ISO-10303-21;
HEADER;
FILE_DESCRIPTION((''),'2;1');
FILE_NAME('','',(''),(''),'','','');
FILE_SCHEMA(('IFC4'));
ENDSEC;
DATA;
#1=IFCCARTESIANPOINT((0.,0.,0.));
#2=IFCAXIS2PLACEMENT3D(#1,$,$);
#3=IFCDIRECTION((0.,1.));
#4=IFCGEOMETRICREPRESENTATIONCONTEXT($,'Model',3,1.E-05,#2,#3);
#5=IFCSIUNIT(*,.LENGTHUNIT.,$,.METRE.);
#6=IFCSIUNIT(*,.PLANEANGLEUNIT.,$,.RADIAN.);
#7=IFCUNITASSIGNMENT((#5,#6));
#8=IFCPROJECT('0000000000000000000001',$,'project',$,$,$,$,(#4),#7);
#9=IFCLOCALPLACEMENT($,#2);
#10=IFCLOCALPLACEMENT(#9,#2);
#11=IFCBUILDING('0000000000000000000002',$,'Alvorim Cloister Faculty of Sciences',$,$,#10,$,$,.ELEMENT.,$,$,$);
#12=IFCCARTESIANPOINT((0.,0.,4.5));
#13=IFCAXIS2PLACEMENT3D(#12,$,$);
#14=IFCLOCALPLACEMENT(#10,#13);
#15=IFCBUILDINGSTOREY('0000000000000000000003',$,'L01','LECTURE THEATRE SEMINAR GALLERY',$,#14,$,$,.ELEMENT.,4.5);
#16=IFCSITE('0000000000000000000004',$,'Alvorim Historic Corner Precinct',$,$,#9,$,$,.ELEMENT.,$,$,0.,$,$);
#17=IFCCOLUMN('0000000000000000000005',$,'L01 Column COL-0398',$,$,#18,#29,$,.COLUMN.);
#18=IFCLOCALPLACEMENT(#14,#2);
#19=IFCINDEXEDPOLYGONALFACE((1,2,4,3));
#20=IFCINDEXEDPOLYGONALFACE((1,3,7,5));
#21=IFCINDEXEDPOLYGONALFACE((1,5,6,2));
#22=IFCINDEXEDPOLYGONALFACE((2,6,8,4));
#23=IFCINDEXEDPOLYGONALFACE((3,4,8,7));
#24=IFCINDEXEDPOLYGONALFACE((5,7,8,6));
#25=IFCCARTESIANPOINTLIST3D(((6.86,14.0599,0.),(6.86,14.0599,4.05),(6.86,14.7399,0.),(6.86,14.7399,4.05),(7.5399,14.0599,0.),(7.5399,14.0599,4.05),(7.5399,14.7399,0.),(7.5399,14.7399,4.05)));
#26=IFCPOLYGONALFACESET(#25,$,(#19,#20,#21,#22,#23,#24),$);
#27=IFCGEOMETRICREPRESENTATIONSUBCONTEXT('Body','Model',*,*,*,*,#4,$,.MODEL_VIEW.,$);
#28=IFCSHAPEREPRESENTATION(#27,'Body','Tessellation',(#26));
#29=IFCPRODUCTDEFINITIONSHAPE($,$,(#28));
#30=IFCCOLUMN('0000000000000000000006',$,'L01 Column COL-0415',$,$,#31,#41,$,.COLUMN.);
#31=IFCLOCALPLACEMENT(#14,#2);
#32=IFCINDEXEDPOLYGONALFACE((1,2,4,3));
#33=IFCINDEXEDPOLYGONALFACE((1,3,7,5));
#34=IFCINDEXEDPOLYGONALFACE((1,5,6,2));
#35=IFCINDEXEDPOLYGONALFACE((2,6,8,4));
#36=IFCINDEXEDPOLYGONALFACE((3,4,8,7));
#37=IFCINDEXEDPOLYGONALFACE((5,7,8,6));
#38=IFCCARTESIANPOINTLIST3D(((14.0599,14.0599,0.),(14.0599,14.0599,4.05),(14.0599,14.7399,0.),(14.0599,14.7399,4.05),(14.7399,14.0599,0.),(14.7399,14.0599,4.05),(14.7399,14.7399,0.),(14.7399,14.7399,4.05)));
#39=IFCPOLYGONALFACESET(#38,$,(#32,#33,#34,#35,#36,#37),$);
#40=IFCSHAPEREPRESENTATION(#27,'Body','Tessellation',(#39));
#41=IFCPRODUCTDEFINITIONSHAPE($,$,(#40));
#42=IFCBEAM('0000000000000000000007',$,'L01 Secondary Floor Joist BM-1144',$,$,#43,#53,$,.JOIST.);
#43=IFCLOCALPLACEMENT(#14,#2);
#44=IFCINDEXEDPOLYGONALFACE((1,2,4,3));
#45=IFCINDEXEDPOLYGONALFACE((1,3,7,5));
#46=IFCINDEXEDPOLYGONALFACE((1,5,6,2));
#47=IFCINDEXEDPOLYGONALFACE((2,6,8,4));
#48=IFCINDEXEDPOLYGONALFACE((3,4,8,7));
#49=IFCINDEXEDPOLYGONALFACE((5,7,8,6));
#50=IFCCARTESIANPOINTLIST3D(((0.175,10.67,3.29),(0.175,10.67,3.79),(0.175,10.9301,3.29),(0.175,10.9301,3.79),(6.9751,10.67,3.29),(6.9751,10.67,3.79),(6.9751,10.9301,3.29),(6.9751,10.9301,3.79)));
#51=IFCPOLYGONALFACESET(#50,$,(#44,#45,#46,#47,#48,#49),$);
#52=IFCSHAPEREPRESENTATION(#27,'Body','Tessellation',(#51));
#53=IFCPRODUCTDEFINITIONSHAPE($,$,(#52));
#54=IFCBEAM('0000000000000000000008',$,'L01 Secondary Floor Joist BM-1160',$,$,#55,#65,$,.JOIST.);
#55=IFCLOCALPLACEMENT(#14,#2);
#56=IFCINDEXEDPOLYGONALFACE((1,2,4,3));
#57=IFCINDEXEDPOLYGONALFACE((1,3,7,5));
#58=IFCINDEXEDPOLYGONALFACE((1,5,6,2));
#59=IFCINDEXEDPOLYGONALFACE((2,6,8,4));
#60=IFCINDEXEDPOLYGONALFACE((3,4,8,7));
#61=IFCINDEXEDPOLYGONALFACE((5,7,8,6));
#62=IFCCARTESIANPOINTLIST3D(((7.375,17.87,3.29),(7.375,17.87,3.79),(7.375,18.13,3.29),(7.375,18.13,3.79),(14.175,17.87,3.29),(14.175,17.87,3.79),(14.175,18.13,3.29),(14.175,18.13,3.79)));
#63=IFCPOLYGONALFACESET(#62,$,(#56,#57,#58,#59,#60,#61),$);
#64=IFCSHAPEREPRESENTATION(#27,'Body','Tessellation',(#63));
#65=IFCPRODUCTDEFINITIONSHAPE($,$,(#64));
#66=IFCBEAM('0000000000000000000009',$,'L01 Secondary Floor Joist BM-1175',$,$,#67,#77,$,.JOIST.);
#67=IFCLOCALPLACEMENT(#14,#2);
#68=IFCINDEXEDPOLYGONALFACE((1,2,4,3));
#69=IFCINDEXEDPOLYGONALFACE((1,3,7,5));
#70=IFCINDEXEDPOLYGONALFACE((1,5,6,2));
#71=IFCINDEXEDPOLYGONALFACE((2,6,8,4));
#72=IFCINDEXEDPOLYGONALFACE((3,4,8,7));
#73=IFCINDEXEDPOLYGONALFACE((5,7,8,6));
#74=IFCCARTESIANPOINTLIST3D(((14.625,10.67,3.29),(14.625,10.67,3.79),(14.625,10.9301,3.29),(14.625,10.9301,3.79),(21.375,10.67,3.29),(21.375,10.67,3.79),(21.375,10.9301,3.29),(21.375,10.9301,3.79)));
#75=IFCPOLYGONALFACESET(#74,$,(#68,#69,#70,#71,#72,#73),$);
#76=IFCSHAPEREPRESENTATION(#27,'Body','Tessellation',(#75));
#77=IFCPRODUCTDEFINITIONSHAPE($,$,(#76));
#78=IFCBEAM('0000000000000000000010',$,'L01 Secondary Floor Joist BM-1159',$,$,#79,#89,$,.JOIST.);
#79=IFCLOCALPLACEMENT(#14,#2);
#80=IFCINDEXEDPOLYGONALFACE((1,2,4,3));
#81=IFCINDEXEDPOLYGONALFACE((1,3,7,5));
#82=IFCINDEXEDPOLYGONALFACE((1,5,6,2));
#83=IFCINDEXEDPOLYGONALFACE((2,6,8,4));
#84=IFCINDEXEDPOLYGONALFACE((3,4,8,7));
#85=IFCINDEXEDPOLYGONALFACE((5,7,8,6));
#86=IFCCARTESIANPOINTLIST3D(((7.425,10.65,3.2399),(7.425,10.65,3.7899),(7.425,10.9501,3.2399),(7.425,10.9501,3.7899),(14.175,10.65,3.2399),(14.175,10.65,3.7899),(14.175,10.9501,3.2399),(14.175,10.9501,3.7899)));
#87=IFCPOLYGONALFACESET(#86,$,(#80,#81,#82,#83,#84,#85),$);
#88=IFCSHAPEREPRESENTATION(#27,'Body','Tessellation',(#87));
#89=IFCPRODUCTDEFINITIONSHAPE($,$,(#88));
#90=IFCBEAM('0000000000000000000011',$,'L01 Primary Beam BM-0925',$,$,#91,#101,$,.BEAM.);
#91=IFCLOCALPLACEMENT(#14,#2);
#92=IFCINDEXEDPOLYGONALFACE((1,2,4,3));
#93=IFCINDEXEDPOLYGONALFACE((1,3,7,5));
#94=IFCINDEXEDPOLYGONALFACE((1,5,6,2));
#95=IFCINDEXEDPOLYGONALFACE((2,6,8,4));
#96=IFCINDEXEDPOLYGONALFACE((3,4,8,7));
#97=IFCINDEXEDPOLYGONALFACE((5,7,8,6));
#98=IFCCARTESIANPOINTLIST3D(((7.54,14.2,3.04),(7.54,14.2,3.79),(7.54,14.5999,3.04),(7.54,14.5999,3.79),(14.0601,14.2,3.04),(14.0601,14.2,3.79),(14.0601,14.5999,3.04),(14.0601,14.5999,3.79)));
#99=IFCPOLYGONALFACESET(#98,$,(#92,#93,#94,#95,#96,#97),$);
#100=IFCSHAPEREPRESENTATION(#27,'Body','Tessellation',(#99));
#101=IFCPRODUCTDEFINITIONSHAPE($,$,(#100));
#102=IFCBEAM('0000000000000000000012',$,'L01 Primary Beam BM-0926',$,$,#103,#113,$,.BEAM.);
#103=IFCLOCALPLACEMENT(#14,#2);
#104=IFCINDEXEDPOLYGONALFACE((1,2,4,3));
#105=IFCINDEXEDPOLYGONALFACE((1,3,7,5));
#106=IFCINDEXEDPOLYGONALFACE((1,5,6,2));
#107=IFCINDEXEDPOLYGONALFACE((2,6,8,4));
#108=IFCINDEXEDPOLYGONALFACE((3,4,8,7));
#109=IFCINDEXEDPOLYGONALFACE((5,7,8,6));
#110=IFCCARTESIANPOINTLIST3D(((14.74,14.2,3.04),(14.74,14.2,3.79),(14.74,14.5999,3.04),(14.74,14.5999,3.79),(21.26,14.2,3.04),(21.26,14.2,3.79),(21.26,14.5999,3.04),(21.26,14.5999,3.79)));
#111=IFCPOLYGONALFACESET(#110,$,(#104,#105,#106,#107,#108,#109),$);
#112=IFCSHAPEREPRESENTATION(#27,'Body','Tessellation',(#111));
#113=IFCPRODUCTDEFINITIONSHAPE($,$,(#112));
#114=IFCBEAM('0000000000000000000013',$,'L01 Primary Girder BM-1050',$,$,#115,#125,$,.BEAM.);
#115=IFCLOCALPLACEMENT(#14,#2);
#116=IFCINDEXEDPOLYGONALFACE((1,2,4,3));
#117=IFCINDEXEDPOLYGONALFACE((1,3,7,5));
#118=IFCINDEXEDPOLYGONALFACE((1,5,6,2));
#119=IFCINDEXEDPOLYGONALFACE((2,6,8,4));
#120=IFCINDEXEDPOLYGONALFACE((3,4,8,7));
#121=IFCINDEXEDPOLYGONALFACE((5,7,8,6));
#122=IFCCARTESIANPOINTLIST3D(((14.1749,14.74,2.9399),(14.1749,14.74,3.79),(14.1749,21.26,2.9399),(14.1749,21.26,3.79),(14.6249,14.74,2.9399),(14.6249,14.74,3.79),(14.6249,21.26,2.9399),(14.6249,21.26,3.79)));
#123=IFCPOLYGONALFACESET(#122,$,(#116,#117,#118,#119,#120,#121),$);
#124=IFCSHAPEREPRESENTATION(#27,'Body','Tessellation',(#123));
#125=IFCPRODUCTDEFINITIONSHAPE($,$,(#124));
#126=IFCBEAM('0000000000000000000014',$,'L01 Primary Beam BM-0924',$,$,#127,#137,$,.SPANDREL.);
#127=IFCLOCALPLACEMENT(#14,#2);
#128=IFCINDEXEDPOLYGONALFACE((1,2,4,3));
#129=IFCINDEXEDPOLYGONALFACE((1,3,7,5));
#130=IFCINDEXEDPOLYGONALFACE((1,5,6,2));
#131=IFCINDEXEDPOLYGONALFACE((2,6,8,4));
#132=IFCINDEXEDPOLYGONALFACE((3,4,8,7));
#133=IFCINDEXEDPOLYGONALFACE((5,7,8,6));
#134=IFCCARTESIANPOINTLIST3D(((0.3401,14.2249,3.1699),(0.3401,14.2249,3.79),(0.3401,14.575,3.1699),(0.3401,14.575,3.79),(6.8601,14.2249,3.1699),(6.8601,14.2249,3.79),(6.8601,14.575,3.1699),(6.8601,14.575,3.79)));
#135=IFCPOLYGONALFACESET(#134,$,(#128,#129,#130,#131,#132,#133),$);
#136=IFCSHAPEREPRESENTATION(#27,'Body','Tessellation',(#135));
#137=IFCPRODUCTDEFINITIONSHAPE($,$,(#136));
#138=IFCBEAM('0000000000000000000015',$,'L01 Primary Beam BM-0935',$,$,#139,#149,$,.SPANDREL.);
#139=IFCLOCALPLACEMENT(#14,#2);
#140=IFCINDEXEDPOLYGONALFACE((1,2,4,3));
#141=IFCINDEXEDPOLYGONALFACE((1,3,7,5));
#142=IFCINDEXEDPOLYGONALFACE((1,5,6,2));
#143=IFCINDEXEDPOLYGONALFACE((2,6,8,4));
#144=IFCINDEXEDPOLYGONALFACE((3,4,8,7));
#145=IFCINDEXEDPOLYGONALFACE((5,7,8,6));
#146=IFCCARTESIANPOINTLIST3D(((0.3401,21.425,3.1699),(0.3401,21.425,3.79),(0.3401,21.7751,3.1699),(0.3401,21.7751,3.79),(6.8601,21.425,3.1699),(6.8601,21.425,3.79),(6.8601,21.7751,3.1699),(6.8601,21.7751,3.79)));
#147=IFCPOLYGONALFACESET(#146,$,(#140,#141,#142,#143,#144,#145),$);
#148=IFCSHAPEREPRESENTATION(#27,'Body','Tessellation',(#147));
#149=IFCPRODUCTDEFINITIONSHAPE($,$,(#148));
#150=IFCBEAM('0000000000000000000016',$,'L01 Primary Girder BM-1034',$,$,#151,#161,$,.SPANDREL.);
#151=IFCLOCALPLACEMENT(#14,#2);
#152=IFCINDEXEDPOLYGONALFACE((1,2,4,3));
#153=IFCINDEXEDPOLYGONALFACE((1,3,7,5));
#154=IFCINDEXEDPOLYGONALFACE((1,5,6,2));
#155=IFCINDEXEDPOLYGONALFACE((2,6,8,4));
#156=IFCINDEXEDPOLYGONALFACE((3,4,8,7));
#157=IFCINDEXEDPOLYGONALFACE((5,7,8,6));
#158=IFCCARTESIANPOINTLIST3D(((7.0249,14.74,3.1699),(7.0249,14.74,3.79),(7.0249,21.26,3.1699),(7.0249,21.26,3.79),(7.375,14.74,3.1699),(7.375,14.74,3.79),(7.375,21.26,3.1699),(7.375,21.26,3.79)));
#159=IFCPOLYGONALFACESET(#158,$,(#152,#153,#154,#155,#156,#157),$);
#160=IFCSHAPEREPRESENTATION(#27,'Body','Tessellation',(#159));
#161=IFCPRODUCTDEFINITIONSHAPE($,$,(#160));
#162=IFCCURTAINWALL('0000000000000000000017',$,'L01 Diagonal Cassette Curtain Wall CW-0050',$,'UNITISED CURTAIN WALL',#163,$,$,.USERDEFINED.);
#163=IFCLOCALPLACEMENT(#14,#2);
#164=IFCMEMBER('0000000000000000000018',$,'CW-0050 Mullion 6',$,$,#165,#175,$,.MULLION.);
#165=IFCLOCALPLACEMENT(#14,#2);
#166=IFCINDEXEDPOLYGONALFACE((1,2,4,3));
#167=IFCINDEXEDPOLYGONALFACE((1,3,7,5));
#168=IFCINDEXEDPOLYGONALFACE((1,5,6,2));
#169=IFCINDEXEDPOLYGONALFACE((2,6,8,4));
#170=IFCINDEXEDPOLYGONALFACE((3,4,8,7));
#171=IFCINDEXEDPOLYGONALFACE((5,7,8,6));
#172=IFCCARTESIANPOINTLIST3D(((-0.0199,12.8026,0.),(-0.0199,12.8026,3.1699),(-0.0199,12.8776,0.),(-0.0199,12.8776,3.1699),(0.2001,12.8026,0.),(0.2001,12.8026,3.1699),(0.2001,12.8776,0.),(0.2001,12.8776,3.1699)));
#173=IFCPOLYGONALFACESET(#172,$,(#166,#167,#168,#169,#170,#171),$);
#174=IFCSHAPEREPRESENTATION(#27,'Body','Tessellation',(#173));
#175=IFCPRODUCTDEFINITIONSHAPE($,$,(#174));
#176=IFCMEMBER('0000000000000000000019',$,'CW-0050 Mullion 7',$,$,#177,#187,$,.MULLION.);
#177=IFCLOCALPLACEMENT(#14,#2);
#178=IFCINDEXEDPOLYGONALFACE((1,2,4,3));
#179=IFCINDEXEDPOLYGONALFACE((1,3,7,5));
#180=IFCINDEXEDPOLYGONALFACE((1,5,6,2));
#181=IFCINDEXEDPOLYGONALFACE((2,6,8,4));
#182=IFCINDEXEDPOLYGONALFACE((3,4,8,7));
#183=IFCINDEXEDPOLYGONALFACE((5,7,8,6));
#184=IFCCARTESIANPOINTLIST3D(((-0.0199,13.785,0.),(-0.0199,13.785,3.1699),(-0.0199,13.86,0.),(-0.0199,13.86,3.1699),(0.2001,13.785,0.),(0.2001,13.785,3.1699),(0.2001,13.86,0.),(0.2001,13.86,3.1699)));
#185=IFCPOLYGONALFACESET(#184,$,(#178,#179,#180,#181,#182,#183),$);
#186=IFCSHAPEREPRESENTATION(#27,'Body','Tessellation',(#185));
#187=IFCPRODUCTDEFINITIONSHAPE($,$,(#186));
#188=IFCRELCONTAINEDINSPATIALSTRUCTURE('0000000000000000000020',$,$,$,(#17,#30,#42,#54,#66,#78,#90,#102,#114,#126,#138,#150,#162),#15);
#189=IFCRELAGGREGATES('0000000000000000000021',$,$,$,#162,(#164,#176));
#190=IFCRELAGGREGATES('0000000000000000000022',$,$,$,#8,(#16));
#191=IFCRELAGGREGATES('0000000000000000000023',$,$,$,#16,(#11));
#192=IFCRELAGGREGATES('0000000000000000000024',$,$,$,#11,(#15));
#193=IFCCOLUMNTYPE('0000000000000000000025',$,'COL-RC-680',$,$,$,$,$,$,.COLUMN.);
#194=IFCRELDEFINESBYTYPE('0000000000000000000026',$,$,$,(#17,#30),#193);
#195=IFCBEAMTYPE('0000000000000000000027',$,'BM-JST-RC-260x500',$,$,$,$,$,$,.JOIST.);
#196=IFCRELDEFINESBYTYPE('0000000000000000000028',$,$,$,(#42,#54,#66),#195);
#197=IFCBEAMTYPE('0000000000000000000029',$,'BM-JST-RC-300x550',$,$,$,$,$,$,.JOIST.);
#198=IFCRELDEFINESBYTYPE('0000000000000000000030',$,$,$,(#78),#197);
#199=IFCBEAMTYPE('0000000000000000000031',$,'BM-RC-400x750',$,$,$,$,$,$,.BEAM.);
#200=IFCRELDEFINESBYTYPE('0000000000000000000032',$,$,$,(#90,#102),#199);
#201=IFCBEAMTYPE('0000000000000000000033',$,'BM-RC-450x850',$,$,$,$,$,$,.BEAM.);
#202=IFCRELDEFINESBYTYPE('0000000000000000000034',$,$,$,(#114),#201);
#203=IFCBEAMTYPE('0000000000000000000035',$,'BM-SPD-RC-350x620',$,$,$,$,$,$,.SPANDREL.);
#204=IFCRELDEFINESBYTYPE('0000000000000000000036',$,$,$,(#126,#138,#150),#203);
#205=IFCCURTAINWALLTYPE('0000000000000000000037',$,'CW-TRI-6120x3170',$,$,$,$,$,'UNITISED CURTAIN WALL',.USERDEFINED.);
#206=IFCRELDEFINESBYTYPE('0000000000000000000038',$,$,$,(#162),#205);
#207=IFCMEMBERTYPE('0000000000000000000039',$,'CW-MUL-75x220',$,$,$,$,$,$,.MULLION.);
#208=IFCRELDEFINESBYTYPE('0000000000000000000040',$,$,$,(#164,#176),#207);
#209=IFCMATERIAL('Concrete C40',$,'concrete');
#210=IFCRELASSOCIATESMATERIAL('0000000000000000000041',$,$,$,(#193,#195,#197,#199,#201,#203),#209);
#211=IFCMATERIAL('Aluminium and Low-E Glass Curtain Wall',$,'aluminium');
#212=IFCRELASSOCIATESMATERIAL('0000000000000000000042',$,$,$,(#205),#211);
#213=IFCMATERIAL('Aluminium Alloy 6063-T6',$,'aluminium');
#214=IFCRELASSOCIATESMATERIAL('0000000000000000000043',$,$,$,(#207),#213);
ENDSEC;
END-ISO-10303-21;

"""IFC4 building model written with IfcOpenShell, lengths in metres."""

from ifc_helpers import new_model, si_unit, direction, frame, origin, origin_2d, place, context, subcontext, project, spatial, rectangle, extrude, material, material_profile, profile_set, type_object, element, aggregate, save


model = new_model("IFC4")

# Units and contexts
model_context = context("Model", 3, precision=1e-05, world=origin(), true_north=direction((0.0, 1.0)))
body_context = subcontext(model_context, "Body", "Model", "MODEL_VIEW")
ifc_project = project(units=[si_unit("LENGTHUNIT", "METRE"), si_unit("PLANEANGLEUNIT", "RADIAN")], contexts=[model_context])

# Site, building, storey
site_placement = place(None, origin())
site = spatial("IfcSite", under=ifc_project, at=site_placement, Name="Alvorim Historic Corner Precinct", CompositionType="ELEMENT", RefElevation=0.0)
building_placement = place(site_placement, origin())
building = spatial("IfcBuilding", under=site, at=building_placement, Name="Alvorim Cloister Faculty of Sciences", CompositionType="ELEMENT")
storey_placement = place(building_placement, frame((0.0, 0.0, 4.5)))
storey = spatial("IfcBuildingStorey", under=building, at=storey_placement, Name="L01", Description="LECTURE THEATRE SEMINAR GALLERY", CompositionType="ELEMENT", Elevation=4.5)

# Columns
ifc_material_1 = material(Name="Concrete C40", Category="concrete")
ifc_material_profile_1 = material_profile(ifc_material_1, rectangle(XDim=0.6799, YDim=0.6799, at=origin_2d()), Name="RC40-COL-680x680")
ifc_profile_set_1 = profile_set([ifc_material_profile_1], Name="Concrete C40")
column_type = type_object("IfcColumnType", Name="COL-RC-680", PredefinedType="COLUMN", material=ifc_profile_set_1)
for number, where, z_axis, x_axis, name in (
    (1, (7.2, 14.3999, 0.0), (0.0, 0.0, 1.0), (1.0, 0.0, 0.0), "L01 Column COL-0398"),
    (2, (14.3999, 14.3999, 0.0), (0.0, 0.0, 1.0), (1.0, 0.0, 0.0), "L01 Column COL-0415"),
):
    element("IfcColumn", number, at=place(storey_placement, frame(where, z_axis=z_axis, x_axis=x_axis)), inside=storey, type_object=column_type, Name=name, PredefinedType="COLUMN", context=body_context, shape_type="SweptSolid", body=[
        extrude(rectangle(XDim=0.6799, YDim=0.6799, at=origin_2d()), origin(), (0.0, 0.0, 1.0), 4.05),
    ])

# Beams
ifc_material_profile_2 = material_profile(ifc_material_1, rectangle(XDim=0.26, YDim=0.5, at=origin_2d()), Name="RC40-JST-260x500")
ifc_profile_set_2 = profile_set([ifc_material_profile_2], Name="Concrete C40")
beam_type_1 = type_object("IfcBeamType", Name="BM-JST-RC-260x500", PredefinedType="JOIST", material=ifc_profile_set_2)
for number, where, z_axis, x_axis, name in (
    (3, (0.175, 10.8, 3.54), (1.0, 0.0, 0.0), (0.0, 1.0, 0.0), "L01 Secondary Floor Joist BM-1144"),
    (4, (7.375, 18.0, 3.54), (1.0, 0.0, 0.0), (0.0, 1.0, 0.0), "L01 Secondary Floor Joist BM-1160"),
):
    element("IfcBeam", number, at=place(storey_placement, frame(where, z_axis=z_axis, x_axis=x_axis)), inside=storey, type_object=beam_type_1, Name=name, PredefinedType="JOIST", context=body_context, shape_type="SweptSolid", body=[
        extrude(rectangle(XDim=0.26, YDim=0.5, at=origin_2d()), origin(), (0.0, 0.0, 1.0), 6.8),
    ])
beam_1_placement = place(storey_placement, frame((14.625, 10.8, 3.54), z_axis=(1.0, 0.0, 0.0), x_axis=(0.0, 1.0, 0.0)))
element("IfcBeam", 5, at=beam_1_placement, inside=storey, type_object=beam_type_1, Name="L01 Secondary Floor Joist BM-1175", PredefinedType="JOIST", context=body_context, shape_type="SweptSolid", body=[
    extrude(rectangle(XDim=0.26, YDim=0.5, at=origin_2d()), origin(), (0.0, 0.0, 1.0), 6.75),
])
ifc_material_profile_3 = material_profile(ifc_material_1, rectangle(XDim=0.3, YDim=0.55, at=origin_2d()), Name="RC40-JST-300x550")
ifc_profile_set_3 = profile_set([ifc_material_profile_3], Name="Concrete C40")
beam_type_2 = type_object("IfcBeamType", Name="BM-JST-RC-300x550", PredefinedType="JOIST", material=ifc_profile_set_3)
beam_2_placement = place(storey_placement, frame((7.425, 10.8, 3.5149), z_axis=(1.0, 0.0, 0.0), x_axis=(0.0, 1.0, 0.0)))
element("IfcBeam", 6, at=beam_2_placement, inside=storey, type_object=beam_type_2, Name="L01 Secondary Floor Joist BM-1159", PredefinedType="JOIST", context=body_context, shape_type="SweptSolid", body=[
    extrude(rectangle(XDim=0.3, YDim=0.55, at=origin_2d()), origin(), (0.0, 0.0, 1.0), 6.75),
])
ifc_material_profile_4 = material_profile(ifc_material_1, rectangle(XDim=0.3999, YDim=0.75, at=origin_2d()), Name="RC40-BM-400x750")
ifc_profile_set_4 = profile_set([ifc_material_profile_4], Name="Concrete C40")
beam_type_3 = type_object("IfcBeamType", Name="BM-RC-400x750", PredefinedType="BEAM", material=ifc_profile_set_4)
for number, where, z_axis, x_axis, name in (
    (7, (7.54, 14.3999, 3.415), (1.0, 0.0, 0.0), (0.0, 1.0, 0.0), "L01 Primary Beam BM-0925"),
    (8, (14.74, 14.3999, 3.415), (1.0, 0.0, 0.0), (0.0, 1.0, 0.0), "L01 Primary Beam BM-0926"),
):
    element("IfcBeam", number, at=place(storey_placement, frame(where, z_axis=z_axis, x_axis=x_axis)), inside=storey, type_object=beam_type_3, Name=name, PredefinedType="BEAM", context=body_context, shape_type="SweptSolid", body=[
        extrude(rectangle(XDim=0.3999, YDim=0.75, at=origin_2d()), origin(), (0.0, 0.0, 1.0), 6.52),
    ])
ifc_material_profile_5 = material_profile(ifc_material_1, rectangle(XDim=0.45, YDim=0.8501, at=origin_2d()), Name="RC40-BM-450x850")
ifc_profile_set_5 = profile_set([ifc_material_profile_5], Name="Concrete C40")
beam_type_4 = type_object("IfcBeamType", Name="BM-RC-450x850", PredefinedType="BEAM", material=ifc_profile_set_5)
beam_3_placement = place(storey_placement, frame((14.3999, 14.74, 3.365), z_axis=(0.0, 1.0, 0.0), x_axis=(-1.0, 0.0, 0.0)))
element("IfcBeam", 9, at=beam_3_placement, inside=storey, type_object=beam_type_4, Name="L01 Primary Girder BM-1050", PredefinedType="BEAM", context=body_context, shape_type="SweptSolid", body=[
    extrude(rectangle(XDim=0.45, YDim=0.8501, at=origin_2d()), origin(), (0.0, 0.0, 1.0), 6.52),
])
ifc_material_profile_6 = material_profile(ifc_material_1, rectangle(XDim=0.3501, YDim=0.6201, at=origin_2d()), Name="RC40-SPD-350x620")
ifc_profile_set_6 = profile_set([ifc_material_profile_6], Name="Concrete C40")
beam_type_5 = type_object("IfcBeamType", Name="BM-SPD-RC-350x620", PredefinedType="SPANDREL", material=ifc_profile_set_6)
for number, where, z_axis, x_axis, name in (
    (10, (0.3401, 14.3999, 3.48), (1.0, 0.0, 0.0), (0.0, 1.0, 0.0), "L01 Primary Beam BM-0924"),
    (11, (0.3401, 21.6001, 3.48), (1.0, 0.0, 0.0), (0.0, 1.0, 0.0), "L01 Primary Beam BM-0935"),
    (12, (7.2, 14.74, 3.48), (0.0, 1.0, 0.0), (-1.0, 0.0, 0.0), "L01 Primary Girder BM-1034"),
):
    element("IfcBeam", number, at=place(storey_placement, frame(where, z_axis=z_axis, x_axis=x_axis)), inside=storey, type_object=beam_type_5, Name=name, PredefinedType="SPANDREL", context=body_context, shape_type="SweptSolid", body=[
        extrude(rectangle(XDim=0.3501, YDim=0.6201, at=origin_2d()), origin(), (0.0, 0.0, 1.0), 6.52),
    ])

# Curtain wall, members
ifc_material_2 = material(Name="Aluminium and Low-E Glass Curtain Wall", Category="aluminium")
curtain_wall_type = type_object("IfcCurtainWallType", Name="CW-TRI-6120x3170", ElementType="UNITISED CURTAIN WALL", PredefinedType="USERDEFINED", material=ifc_material_2)
curtain_wall_placement = place(storey_placement, origin())
curtain_wall = element("IfcCurtainWall", 13, at=curtain_wall_placement, inside=storey, type_object=curtain_wall_type, Name="L01 Diagonal Cassette Curtain Wall CW-0050", ObjectType="UNITISED CURTAIN WALL", PredefinedType="USERDEFINED")
ifc_material_3 = material(Name="Aluminium Alloy 6063-T6", Category="aluminium")
ifc_material_profile_7 = material_profile(ifc_material_3, rectangle(XDim=0.075, YDim=0.22, at=origin_2d()), Name="ALU-MUL-75x220")
ifc_profile_set_7 = profile_set([ifc_material_profile_7], Name="Aluminium Alloy 6063-T6")
member_type_1 = type_object("IfcMemberType", Name="CW-MUL-75x220", PredefinedType="MULLION", material=ifc_profile_set_7)
member_1_placement = place(storey_placement, frame((0.0901, 12.8401, 0.0), z_axis=(0.0, 0.0, 1.0), x_axis=(0.0, 1.0, 0.0)))
member_1 = element("IfcMember", 14, at=member_1_placement, type_object=member_type_1, Name="CW-0050 Mullion 6", PredefinedType="MULLION", context=body_context, shape_type="SweptSolid", body=[
    extrude(rectangle(XDim=0.075, YDim=0.22, at=origin_2d()), origin(), (0.0, 0.0, 1.0), 3.1699),
])
member_2_placement = place(storey_placement, frame((0.0901, 13.8225, 0.0), z_axis=(0.0, 0.0, 1.0), x_axis=(0.0, 1.0, 0.0)))
member_2 = element("IfcMember", 15, at=member_2_placement, type_object=member_type_1, Name="CW-0050 Mullion 7", PredefinedType="MULLION", context=body_context, shape_type="SweptSolid", body=[
    extrude(rectangle(XDim=0.075, YDim=0.22, at=origin_2d()), origin(), (0.0, 0.0, 1.0), 3.1699),
])
aggregate(curtain_wall, [member_1, member_2])

save(model, "model.ifc")
